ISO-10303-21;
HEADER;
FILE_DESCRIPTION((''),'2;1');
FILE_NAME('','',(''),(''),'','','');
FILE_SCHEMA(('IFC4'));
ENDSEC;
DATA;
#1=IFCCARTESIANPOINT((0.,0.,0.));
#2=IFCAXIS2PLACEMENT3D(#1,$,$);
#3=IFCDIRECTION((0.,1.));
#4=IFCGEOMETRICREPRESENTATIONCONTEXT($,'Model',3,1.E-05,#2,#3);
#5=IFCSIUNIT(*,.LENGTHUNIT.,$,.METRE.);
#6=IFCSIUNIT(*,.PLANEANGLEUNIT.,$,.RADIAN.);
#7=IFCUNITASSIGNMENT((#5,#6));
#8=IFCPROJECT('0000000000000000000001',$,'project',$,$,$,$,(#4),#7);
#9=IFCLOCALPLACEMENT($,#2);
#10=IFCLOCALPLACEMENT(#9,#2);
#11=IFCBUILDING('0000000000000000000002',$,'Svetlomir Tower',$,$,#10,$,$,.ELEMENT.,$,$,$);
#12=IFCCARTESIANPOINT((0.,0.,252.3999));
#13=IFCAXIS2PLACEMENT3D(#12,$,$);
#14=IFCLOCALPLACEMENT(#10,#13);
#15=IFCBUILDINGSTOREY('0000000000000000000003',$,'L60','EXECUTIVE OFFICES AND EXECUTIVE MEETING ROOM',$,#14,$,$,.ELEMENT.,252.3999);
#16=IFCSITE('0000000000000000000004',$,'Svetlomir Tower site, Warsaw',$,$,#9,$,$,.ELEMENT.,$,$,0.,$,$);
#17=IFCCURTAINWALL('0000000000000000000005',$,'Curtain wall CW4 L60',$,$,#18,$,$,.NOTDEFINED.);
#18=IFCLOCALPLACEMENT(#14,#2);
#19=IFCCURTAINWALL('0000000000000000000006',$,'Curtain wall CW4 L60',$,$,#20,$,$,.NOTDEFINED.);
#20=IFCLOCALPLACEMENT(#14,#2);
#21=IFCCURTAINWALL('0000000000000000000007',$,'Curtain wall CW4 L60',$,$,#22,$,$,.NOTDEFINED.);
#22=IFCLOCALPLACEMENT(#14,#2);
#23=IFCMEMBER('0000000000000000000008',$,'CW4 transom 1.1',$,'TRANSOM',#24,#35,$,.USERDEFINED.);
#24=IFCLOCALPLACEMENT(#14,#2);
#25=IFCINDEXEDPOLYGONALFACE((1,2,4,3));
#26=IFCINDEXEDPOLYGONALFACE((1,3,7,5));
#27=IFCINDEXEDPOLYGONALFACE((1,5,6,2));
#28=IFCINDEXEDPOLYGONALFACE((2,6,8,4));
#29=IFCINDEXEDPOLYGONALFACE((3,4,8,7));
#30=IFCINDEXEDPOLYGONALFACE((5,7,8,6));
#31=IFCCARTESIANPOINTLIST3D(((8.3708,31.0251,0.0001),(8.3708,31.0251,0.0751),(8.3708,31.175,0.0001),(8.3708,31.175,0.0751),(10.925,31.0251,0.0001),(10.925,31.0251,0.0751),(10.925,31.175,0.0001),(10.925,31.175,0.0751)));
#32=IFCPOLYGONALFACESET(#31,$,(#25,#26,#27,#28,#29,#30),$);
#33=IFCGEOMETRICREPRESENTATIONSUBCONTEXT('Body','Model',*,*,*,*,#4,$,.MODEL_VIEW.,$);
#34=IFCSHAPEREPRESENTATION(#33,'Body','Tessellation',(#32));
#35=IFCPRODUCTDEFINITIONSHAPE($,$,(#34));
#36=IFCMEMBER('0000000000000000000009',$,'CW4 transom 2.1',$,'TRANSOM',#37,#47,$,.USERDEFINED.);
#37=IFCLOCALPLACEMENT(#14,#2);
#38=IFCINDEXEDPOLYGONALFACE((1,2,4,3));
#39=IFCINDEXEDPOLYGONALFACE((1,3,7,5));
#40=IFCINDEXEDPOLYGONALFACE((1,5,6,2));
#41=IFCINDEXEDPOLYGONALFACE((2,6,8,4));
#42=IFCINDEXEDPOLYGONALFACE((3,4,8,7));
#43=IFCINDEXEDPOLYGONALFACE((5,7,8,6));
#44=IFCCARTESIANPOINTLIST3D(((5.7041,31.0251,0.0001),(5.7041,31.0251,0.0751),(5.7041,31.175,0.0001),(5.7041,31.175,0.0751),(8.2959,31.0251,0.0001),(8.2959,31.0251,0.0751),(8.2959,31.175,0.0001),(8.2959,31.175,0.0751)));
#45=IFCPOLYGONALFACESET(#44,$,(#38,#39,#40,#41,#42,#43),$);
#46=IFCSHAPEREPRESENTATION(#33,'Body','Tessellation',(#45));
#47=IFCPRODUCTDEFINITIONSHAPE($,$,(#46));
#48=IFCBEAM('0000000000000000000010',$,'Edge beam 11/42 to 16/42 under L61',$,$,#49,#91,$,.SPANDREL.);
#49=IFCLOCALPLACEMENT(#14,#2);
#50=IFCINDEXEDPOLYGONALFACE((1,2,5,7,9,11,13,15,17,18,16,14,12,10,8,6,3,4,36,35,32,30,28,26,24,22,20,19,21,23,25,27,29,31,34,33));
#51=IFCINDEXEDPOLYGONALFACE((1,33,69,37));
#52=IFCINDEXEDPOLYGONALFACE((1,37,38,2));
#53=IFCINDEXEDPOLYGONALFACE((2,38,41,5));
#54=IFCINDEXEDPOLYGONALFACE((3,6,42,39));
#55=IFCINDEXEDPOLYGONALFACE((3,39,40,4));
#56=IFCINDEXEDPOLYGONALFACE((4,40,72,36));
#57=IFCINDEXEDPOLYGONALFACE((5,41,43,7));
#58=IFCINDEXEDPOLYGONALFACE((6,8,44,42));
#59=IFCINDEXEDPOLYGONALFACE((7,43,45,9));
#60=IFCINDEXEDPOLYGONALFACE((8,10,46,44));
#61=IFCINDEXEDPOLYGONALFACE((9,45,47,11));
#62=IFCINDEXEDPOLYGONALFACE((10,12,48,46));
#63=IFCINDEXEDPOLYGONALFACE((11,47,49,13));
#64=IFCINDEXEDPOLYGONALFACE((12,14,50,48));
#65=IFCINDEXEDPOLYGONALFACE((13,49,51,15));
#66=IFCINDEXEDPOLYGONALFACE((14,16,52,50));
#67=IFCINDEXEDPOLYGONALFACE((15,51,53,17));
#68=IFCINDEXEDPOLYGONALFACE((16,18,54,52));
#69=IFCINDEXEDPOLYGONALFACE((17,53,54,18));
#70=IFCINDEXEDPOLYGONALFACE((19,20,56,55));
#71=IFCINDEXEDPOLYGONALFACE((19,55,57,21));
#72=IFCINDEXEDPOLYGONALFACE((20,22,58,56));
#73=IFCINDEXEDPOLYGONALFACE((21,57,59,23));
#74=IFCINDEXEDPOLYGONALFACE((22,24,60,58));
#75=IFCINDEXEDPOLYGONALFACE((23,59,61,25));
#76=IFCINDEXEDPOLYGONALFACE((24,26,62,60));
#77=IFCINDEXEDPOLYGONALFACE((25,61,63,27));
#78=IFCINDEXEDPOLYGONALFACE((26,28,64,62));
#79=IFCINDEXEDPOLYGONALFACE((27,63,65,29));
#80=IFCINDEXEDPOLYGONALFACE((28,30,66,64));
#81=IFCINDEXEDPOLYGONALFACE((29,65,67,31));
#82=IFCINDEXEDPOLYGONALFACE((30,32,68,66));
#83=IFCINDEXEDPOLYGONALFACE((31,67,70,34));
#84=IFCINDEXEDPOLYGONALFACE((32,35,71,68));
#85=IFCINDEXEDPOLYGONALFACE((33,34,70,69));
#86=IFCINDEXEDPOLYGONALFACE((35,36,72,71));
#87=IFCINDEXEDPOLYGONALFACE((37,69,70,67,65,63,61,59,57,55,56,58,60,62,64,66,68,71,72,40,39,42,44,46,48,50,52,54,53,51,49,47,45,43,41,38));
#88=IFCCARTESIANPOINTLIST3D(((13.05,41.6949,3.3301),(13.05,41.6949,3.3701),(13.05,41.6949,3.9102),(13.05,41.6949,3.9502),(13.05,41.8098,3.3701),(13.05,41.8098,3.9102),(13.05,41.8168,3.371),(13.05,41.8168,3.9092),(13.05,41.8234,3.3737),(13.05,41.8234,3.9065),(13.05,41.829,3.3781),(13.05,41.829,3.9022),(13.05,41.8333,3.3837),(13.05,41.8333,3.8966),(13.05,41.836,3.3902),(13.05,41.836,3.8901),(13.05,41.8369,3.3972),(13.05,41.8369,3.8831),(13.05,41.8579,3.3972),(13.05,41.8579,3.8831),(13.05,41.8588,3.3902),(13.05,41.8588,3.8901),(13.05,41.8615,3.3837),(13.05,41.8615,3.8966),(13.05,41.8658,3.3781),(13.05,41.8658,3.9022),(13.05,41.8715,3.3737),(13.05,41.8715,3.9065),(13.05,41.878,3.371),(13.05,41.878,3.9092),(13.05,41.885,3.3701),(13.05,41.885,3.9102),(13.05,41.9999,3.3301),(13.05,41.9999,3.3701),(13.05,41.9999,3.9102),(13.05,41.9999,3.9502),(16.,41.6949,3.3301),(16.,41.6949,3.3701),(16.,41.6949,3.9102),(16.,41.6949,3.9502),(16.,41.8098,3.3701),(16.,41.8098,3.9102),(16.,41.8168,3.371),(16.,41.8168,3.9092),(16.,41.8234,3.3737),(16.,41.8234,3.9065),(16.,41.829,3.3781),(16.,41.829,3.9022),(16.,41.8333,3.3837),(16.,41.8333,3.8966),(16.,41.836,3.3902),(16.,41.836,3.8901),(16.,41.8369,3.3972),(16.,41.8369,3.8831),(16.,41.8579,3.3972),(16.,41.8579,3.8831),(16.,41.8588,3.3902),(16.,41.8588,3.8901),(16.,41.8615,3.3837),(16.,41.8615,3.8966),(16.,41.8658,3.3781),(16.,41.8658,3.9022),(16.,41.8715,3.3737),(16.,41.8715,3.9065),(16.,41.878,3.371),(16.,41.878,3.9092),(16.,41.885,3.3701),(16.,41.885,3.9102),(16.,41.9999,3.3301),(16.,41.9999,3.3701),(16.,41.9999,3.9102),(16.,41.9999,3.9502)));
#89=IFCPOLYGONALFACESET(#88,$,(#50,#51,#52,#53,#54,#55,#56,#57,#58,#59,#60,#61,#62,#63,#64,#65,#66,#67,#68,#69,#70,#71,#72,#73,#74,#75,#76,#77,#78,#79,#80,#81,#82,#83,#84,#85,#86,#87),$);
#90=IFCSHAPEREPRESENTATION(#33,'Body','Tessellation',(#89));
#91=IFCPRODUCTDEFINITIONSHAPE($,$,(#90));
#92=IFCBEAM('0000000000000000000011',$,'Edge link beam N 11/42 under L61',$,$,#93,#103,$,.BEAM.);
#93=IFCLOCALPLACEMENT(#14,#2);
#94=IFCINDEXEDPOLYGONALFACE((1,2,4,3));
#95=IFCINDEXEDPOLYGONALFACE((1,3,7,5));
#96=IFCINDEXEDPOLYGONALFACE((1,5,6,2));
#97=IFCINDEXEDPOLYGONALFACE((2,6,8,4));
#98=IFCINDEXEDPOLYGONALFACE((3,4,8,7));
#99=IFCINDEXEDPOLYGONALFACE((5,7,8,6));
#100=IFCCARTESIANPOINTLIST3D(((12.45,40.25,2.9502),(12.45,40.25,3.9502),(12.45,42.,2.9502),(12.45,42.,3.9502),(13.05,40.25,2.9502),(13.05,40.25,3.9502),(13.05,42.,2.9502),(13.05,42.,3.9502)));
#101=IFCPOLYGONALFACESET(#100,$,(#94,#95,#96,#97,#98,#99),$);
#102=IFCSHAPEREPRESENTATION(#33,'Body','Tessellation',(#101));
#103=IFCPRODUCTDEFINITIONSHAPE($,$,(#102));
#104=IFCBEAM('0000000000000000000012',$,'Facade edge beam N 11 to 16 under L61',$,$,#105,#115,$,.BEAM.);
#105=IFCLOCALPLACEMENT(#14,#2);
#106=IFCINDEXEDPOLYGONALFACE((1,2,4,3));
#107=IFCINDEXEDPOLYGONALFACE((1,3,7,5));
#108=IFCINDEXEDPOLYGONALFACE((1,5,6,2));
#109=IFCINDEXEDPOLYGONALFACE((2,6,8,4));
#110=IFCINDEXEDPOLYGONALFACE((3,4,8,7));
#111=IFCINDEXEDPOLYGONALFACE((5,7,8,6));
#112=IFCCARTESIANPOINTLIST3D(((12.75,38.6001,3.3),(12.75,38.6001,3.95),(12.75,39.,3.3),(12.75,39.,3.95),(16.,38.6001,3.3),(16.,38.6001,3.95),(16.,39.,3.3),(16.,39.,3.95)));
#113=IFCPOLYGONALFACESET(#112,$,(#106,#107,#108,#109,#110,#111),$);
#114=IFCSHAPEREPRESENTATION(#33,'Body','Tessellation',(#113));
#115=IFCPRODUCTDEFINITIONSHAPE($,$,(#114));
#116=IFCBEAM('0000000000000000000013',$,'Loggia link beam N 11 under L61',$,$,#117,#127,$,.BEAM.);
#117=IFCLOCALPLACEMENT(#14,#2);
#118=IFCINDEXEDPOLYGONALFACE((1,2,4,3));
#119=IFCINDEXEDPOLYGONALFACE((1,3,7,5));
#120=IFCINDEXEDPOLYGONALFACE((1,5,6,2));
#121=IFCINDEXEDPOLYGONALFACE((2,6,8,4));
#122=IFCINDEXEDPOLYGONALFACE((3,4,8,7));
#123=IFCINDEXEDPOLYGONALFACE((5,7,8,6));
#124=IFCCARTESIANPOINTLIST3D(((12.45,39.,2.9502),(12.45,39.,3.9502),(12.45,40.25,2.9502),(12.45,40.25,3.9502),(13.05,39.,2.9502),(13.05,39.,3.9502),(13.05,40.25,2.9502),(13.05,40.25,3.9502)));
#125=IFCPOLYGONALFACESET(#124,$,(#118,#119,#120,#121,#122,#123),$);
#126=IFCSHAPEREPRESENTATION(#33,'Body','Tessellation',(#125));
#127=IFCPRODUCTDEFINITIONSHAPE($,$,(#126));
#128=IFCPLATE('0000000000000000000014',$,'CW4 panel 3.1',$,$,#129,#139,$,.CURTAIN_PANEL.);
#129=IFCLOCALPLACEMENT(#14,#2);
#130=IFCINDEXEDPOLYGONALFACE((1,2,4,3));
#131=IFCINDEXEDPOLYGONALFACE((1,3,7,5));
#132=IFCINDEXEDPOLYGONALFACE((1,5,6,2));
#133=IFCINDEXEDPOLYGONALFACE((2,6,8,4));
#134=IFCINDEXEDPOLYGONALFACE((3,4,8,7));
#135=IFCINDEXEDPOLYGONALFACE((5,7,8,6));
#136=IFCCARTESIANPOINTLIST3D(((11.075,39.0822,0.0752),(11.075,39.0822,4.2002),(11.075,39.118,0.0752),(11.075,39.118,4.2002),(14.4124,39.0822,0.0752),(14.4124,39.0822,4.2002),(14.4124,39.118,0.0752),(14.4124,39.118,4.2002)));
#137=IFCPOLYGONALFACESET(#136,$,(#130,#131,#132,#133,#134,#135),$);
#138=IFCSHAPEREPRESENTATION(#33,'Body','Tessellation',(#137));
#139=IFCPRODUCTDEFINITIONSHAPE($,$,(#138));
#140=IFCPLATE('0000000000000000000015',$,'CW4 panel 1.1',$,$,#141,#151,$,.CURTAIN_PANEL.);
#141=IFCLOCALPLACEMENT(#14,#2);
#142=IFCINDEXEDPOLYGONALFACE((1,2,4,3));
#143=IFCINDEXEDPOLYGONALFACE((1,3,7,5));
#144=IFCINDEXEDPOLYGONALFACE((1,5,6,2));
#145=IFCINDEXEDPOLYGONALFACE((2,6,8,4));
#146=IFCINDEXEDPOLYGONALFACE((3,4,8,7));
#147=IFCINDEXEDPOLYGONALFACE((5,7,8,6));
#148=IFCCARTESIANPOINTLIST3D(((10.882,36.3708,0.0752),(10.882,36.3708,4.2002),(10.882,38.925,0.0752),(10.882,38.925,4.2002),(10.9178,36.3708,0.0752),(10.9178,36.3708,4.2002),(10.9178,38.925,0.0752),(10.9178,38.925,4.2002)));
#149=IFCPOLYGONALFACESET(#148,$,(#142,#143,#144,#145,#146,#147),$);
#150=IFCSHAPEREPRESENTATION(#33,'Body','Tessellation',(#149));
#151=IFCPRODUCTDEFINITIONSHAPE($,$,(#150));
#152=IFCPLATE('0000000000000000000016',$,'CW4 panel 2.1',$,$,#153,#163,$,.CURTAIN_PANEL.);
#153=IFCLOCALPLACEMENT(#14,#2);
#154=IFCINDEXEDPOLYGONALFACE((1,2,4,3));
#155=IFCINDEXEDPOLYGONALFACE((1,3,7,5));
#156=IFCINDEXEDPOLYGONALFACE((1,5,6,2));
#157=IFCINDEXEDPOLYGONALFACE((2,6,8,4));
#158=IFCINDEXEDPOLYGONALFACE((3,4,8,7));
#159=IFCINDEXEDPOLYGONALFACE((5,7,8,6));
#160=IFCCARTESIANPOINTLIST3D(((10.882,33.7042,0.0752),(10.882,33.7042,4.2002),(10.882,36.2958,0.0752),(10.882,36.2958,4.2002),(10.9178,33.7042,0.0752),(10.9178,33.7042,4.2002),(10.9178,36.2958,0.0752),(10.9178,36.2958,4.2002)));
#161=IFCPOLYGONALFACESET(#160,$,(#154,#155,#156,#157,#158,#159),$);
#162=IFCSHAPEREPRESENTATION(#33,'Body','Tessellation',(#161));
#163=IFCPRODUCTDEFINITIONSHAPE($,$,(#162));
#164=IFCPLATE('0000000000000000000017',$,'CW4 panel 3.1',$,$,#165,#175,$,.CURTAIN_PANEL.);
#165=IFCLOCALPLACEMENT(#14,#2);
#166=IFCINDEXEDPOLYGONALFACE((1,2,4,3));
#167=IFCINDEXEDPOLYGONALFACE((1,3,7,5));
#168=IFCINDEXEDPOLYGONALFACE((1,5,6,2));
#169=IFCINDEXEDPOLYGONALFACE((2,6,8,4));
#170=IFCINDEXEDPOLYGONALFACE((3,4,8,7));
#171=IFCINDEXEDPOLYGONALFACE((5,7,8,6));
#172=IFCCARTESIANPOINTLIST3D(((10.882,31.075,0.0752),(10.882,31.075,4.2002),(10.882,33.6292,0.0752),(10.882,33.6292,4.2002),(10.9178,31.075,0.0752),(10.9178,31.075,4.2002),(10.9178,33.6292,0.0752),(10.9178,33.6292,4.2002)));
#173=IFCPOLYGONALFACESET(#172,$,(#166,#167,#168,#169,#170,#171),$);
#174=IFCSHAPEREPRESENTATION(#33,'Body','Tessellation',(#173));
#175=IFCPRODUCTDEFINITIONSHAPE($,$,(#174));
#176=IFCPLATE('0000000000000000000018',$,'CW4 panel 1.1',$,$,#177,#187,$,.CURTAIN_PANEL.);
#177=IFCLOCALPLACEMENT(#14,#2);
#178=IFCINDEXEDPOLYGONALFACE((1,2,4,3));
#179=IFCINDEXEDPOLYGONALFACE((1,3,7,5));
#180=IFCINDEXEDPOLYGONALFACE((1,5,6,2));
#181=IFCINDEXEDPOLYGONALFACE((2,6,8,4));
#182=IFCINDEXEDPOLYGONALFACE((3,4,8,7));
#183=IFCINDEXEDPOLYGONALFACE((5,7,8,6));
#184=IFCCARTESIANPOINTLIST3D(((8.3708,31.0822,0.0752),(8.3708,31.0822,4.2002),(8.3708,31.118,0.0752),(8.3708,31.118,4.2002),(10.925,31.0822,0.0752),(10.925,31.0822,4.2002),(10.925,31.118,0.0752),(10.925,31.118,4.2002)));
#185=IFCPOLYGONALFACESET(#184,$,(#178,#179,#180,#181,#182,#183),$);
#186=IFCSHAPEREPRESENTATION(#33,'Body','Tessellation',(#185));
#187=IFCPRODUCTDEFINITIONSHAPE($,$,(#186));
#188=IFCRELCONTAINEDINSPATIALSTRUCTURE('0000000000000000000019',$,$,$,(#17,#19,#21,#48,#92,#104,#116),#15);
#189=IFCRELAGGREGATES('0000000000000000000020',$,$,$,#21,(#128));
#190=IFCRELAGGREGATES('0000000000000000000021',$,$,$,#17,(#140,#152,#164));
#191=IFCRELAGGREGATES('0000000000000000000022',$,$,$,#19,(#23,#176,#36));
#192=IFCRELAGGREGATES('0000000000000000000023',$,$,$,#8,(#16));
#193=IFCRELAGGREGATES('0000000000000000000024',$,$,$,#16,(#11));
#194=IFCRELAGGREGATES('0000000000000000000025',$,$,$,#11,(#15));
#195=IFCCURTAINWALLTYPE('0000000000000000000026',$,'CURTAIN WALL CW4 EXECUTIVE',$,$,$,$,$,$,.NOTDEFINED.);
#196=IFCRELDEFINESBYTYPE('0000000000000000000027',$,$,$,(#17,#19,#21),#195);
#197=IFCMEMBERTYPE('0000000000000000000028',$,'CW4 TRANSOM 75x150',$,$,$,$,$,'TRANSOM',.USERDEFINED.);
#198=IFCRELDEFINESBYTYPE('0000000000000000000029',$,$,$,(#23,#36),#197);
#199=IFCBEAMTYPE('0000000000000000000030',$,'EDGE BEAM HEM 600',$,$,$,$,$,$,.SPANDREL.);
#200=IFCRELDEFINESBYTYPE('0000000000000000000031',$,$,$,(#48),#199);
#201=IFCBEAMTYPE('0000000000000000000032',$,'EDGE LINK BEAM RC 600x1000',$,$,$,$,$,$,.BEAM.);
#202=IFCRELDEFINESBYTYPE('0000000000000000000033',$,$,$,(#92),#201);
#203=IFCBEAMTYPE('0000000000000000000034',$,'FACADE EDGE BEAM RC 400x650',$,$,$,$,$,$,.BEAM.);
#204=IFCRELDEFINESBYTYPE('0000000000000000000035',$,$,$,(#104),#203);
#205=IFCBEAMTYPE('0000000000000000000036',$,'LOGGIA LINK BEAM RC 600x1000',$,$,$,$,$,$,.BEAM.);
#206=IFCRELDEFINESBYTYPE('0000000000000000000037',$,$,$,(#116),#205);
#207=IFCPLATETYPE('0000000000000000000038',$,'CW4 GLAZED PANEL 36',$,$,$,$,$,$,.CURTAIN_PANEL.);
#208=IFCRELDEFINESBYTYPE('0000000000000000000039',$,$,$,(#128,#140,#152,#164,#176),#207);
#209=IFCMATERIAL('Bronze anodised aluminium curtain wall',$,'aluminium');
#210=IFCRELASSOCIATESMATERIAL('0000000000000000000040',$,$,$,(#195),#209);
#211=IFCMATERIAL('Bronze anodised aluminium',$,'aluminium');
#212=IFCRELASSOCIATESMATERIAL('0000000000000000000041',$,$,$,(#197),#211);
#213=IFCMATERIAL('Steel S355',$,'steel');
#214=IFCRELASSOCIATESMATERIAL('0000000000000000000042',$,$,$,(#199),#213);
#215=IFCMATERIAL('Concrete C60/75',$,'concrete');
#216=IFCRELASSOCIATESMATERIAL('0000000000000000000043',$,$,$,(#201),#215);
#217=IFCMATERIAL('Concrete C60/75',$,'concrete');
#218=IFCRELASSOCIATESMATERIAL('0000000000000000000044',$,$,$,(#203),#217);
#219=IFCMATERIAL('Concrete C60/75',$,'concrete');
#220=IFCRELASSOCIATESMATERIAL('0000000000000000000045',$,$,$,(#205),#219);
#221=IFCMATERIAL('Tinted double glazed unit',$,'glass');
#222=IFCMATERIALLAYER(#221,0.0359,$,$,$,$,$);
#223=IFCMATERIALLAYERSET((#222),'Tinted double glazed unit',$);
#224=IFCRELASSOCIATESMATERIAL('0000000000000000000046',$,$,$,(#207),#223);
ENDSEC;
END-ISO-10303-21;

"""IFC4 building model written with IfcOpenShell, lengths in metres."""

from ifc_helpers import new_model, si_unit, direction, frame, origin, origin_2d, place, context, subcontext, project, spatial, rectangle, i_section, extrude, material, layer, layer_set, material_profile, profile_set, type_object, element, aggregate, save


model = new_model("IFC4")

# Units and contexts
model_context = context("Model", 3, precision=1e-05, world=origin(), true_north=direction((0.0, 1.0)))
body_context = subcontext(model_context, "Body", "Model", "MODEL_VIEW")
ifc_project = project(units=[si_unit("LENGTHUNIT", "METRE"), si_unit("PLANEANGLEUNIT", "RADIAN")], contexts=[model_context])

# Site, building, storey
site_placement = place(None, origin())
site = spatial("IfcSite", under=ifc_project, at=site_placement, Name="Svetlomir Tower site, Warsaw", CompositionType="ELEMENT", RefElevation=0.0)
building_placement = place(site_placement, origin())
building = spatial("IfcBuilding", under=site, at=building_placement, Name="Svetlomir Tower", CompositionType="ELEMENT")
storey_placement = place(building_placement, frame((0.0, 0.0, 252.3999)))
storey = spatial("IfcBuildingStorey", under=building, at=storey_placement, Name="L60", Description="EXECUTIVE OFFICES AND EXECUTIVE MEETING ROOM", CompositionType="ELEMENT", Elevation=252.3999)

# Curtain walls
ifc_material_1 = material(Name="Bronze anodised aluminium curtain wall", Category="aluminium")
curtain_wall_type = type_object("IfcCurtainWallType", Name="CURTAIN WALL CW4 EXECUTIVE", PredefinedType="NOTDEFINED", material=ifc_material_1)
curtain_wall_1_placement = place(storey_placement, origin())
curtain_wall_1 = element("IfcCurtainWall", 1, at=curtain_wall_1_placement, inside=storey, type_object=curtain_wall_type, Name="Curtain wall CW4 L60", PredefinedType="NOTDEFINED")
curtain_wall_2_placement = place(storey_placement, origin())
curtain_wall_2 = element("IfcCurtainWall", 2, at=curtain_wall_2_placement, inside=storey, type_object=curtain_wall_type, Name="Curtain wall CW4 L60", PredefinedType="NOTDEFINED")

# Curtain wall
curtain_wall_3_placement = place(storey_placement, origin())
curtain_wall_3 = element("IfcCurtainWall", 3, at=curtain_wall_3_placement, inside=storey, type_object=curtain_wall_type, Name="Curtain wall CW4 L60", PredefinedType="NOTDEFINED")

# Members
ifc_material_2 = material(Name="Bronze anodised aluminium", Category="aluminium")
ifc_material_profile_1 = material_profile(ifc_material_2, rectangle(XDim=0.1499, YDim=0.075, at=origin_2d()), Name="AL 150x75")
ifc_profile_set_1 = profile_set([ifc_material_profile_1], Name="Bronze anodised aluminium 6063-T6")
member_type_1 = type_object("IfcMemberType", Name="CW4 TRANSOM 75x150", ElementType="TRANSOM", PredefinedType="USERDEFINED", material=ifc_profile_set_1)
member_1_placement = place(storey_placement, frame((10.925, 31.1001, 0.0376), z_axis=(-1.0, 0.0, 0.0), x_axis=(0.0, -1.0, 0.0)))
member_1 = element("IfcMember", 4, at=member_1_placement, type_object=member_type_1, Name="CW4 transom 1.1", ObjectType="TRANSOM", PredefinedType="USERDEFINED", context=body_context, shape_type="SweptSolid", body=[
    extrude(rectangle(XDim=0.1499, YDim=0.075, at=origin_2d()), origin(), (0.0, 0.0, 1.0), 2.5542),
])
member_2_placement = place(storey_placement, frame((8.2959, 31.1001, 0.0376), z_axis=(-1.0, 0.0, 0.0), x_axis=(0.0, -1.0, 0.0)))
member_2 = element("IfcMember", 5, at=member_2_placement, type_object=member_type_1, Name="CW4 transom 2.1", ObjectType="TRANSOM", PredefinedType="USERDEFINED", context=body_context, shape_type="SweptSolid", body=[
    extrude(rectangle(XDim=0.1499, YDim=0.075, at=origin_2d()), origin(), (0.0, 0.0, 1.0), 2.5918),
])

# Beams
ifc_material_3 = material(Name="Steel S355", Category="steel")
ifc_material_profile_2 = material_profile(ifc_material_3, i_section(OverallWidth=0.3049, OverallDepth=0.6201, WebThickness=0.021, FlangeThickness=0.04, FilletRadius=0.0271, at=origin_2d()), Name="HEM 600")
ifc_profile_set_2 = profile_set([ifc_material_profile_2], Name="Steel S355")
beam_type_1 = type_object("IfcBeamType", Name="EDGE BEAM HEM 600", PredefinedType="SPANDREL", material=ifc_profile_set_2)
beam_1_placement = place(storey_placement, frame((13.05, 41.8474, 3.6401), z_axis=(1.0, 0.0, 0.0), x_axis=(0.0, 1.0, 0.0)))
element("IfcBeam", 6, at=beam_1_placement, inside=storey, type_object=beam_type_1, Name="Edge beam 11/42 to 16/42 under L61", PredefinedType="SPANDREL", context=body_context, shape_type="SweptSolid", body=[
    extrude(i_section(OverallWidth=0.3049, OverallDepth=0.6201, WebThickness=0.021, FlangeThickness=0.04, FilletRadius=0.0271, at=origin_2d()), origin(), (0.0, 0.0, 1.0), 2.95),
])
ifc_material_4 = material(Name="Concrete C60/75", Category="concrete")
ifc_material_profile_3 = material_profile(ifc_material_4, rectangle(XDim=0.6001, YDim=1.0, at=origin_2d()), Name="RC 600x1000")
ifc_profile_set_3 = profile_set([ifc_material_profile_3], Name="Concrete C60/75")
beam_type_2 = type_object("IfcBeamType", Name="EDGE LINK BEAM RC 600x1000", PredefinedType="BEAM", material=ifc_profile_set_3)
beam_2_placement = place(storey_placement, frame((12.75, 40.25, 3.4502), z_axis=(0.0, 1.0, 0.0), x_axis=(-1.0, 0.0, 0.0)))
element("IfcBeam", 7, at=beam_2_placement, inside=storey, type_object=beam_type_2, Name="Edge link beam N 11/42 under L61", PredefinedType="BEAM", context=body_context, shape_type="SweptSolid", body=[
    extrude(rectangle(XDim=0.6001, YDim=1.0, at=origin_2d()), origin(), (0.0, 0.0, 1.0), 1.75),
])
ifc_material_5 = material(Name="Concrete C60/75", Category="concrete")
ifc_material_profile_4 = material_profile(ifc_material_5, rectangle(XDim=0.3999, YDim=0.6499, at=origin_2d()), Name="RC 400x650")
ifc_profile_set_4 = profile_set([ifc_material_profile_4], Name="Concrete C60/75")
beam_type_3 = type_object("IfcBeamType", Name="FACADE EDGE BEAM RC 400x650", PredefinedType="BEAM", material=ifc_profile_set_4)
beam_3_placement = place(storey_placement, frame((12.75, 38.8, 3.625), z_axis=(1.0, 0.0, 0.0), x_axis=(0.0, 1.0, 0.0)))
element("IfcBeam", 8, at=beam_3_placement, inside=storey, type_object=beam_type_3, Name="Facade edge beam N 11 to 16 under L61", PredefinedType="BEAM", context=body_context, shape_type="SweptSolid", body=[
    extrude(rectangle(XDim=0.3999, YDim=0.6499, at=origin_2d()), origin(), (0.0, 0.0, 1.0), 3.25),
])
ifc_material_6 = material(Name="Concrete C60/75", Category="concrete")
ifc_material_profile_5 = material_profile(ifc_material_6, rectangle(XDim=0.6001, YDim=1.0, at=origin_2d()), Name="RC 600x1000")
ifc_profile_set_5 = profile_set([ifc_material_profile_5], Name="Concrete C60/75")
beam_type_4 = type_object("IfcBeamType", Name="LOGGIA LINK BEAM RC 600x1000", PredefinedType="BEAM", material=ifc_profile_set_5)
beam_4_placement = place(storey_placement, frame((12.75, 40.25, 3.4502), z_axis=(0.0, -1.0, 0.0), x_axis=(1.0, 0.0, 0.0)))
element("IfcBeam", 9, at=beam_4_placement, inside=storey, type_object=beam_type_4, Name="Loggia link beam N 11 under L61", PredefinedType="BEAM", context=body_context, shape_type="SweptSolid", body=[
    extrude(rectangle(XDim=0.6001, YDim=1.0, at=origin_2d()), origin(), (0.0, 0.0, 1.0), 1.25),
])

# Plates
ifc_material_7 = material(Name="Tinted double glazed unit", Category="glass")
ifc_layer = layer(ifc_material_7, 0.0359)
ifc_layer_set = layer_set([ifc_layer], Name="Tinted double glazed unit")
plate_type = type_object("IfcPlateType", Name="CW4 GLAZED PANEL 36", PredefinedType="CURTAIN_PANEL", material=ifc_layer_set)
plate_1_placement = place(storey_placement, frame((12.7437, 39.1001, 0.0752), z_axis=(0.0, 0.0, 1.0), x_axis=(-1.0, 0.0, 0.0)))
plate_1 = element("IfcPlate", 10, at=plate_1_placement, type_object=plate_type, Name="CW4 panel 3.1", PredefinedType="CURTAIN_PANEL", context=body_context, shape_type="SweptSolid", body=[
    extrude(rectangle(XDim=3.3374, YDim=0.0359, at=origin_2d()), origin(), (0.0, 0.0, 1.0), 4.125),
])
aggregate(curtain_wall_3, [plate_1])
plate_2_placement = place(storey_placement, frame((10.8999, 37.6479, 0.0752), z_axis=(0.0, 0.0, 1.0), x_axis=(0.0, -1.0, 0.0)))
plate_2 = element("IfcPlate", 11, at=plate_2_placement, type_object=plate_type, Name="CW4 panel 1.1", PredefinedType="CURTAIN_PANEL", context=body_context, shape_type="SweptSolid", body=[
    extrude(rectangle(XDim=2.5542, YDim=0.0359, at=origin_2d()), origin(), (0.0, 0.0, 1.0), 4.125),
])
plate_3_placement = place(storey_placement, frame((10.8999, 35.0, 0.0752), z_axis=(0.0, 0.0, 1.0), x_axis=(0.0, -1.0, 0.0)))
plate_3 = element("IfcPlate", 12, at=plate_3_placement, type_object=plate_type, Name="CW4 panel 2.1", PredefinedType="CURTAIN_PANEL", context=body_context, shape_type="SweptSolid", body=[
    extrude(rectangle(XDim=2.5916, YDim=0.0359, at=origin_2d()), origin(), (0.0, 0.0, 1.0), 4.125),
])
plate_4_placement = place(storey_placement, frame((10.8999, 32.3521, 0.0752), z_axis=(0.0, 0.0, 1.0), x_axis=(0.0, -1.0, 0.0)))
plate_4 = element("IfcPlate", 13, at=plate_4_placement, type_object=plate_type, Name="CW4 panel 3.1", PredefinedType="CURTAIN_PANEL", context=body_context, shape_type="SweptSolid", body=[
    extrude(rectangle(XDim=2.5542, YDim=0.0359, at=origin_2d()), origin(), (0.0, 0.0, 1.0), 4.125),
])
aggregate(curtain_wall_1, [plate_2, plate_3, plate_4])
plate_5_placement = place(storey_placement, frame((9.6479, 31.1001, 0.0752), z_axis=(0.0, 0.0, 1.0), x_axis=(-1.0, 0.0, 0.0)))
plate_5 = element("IfcPlate", 14, at=plate_5_placement, type_object=plate_type, Name="CW4 panel 1.1", PredefinedType="CURTAIN_PANEL", context=body_context, shape_type="SweptSolid", body=[
    extrude(rectangle(XDim=2.5542, YDim=0.0359, at=origin_2d()), origin(), (0.0, 0.0, 1.0), 4.125),
])
aggregate(curtain_wall_2, [member_1, plate_5, member_2])

save(model, "model.ifc")
